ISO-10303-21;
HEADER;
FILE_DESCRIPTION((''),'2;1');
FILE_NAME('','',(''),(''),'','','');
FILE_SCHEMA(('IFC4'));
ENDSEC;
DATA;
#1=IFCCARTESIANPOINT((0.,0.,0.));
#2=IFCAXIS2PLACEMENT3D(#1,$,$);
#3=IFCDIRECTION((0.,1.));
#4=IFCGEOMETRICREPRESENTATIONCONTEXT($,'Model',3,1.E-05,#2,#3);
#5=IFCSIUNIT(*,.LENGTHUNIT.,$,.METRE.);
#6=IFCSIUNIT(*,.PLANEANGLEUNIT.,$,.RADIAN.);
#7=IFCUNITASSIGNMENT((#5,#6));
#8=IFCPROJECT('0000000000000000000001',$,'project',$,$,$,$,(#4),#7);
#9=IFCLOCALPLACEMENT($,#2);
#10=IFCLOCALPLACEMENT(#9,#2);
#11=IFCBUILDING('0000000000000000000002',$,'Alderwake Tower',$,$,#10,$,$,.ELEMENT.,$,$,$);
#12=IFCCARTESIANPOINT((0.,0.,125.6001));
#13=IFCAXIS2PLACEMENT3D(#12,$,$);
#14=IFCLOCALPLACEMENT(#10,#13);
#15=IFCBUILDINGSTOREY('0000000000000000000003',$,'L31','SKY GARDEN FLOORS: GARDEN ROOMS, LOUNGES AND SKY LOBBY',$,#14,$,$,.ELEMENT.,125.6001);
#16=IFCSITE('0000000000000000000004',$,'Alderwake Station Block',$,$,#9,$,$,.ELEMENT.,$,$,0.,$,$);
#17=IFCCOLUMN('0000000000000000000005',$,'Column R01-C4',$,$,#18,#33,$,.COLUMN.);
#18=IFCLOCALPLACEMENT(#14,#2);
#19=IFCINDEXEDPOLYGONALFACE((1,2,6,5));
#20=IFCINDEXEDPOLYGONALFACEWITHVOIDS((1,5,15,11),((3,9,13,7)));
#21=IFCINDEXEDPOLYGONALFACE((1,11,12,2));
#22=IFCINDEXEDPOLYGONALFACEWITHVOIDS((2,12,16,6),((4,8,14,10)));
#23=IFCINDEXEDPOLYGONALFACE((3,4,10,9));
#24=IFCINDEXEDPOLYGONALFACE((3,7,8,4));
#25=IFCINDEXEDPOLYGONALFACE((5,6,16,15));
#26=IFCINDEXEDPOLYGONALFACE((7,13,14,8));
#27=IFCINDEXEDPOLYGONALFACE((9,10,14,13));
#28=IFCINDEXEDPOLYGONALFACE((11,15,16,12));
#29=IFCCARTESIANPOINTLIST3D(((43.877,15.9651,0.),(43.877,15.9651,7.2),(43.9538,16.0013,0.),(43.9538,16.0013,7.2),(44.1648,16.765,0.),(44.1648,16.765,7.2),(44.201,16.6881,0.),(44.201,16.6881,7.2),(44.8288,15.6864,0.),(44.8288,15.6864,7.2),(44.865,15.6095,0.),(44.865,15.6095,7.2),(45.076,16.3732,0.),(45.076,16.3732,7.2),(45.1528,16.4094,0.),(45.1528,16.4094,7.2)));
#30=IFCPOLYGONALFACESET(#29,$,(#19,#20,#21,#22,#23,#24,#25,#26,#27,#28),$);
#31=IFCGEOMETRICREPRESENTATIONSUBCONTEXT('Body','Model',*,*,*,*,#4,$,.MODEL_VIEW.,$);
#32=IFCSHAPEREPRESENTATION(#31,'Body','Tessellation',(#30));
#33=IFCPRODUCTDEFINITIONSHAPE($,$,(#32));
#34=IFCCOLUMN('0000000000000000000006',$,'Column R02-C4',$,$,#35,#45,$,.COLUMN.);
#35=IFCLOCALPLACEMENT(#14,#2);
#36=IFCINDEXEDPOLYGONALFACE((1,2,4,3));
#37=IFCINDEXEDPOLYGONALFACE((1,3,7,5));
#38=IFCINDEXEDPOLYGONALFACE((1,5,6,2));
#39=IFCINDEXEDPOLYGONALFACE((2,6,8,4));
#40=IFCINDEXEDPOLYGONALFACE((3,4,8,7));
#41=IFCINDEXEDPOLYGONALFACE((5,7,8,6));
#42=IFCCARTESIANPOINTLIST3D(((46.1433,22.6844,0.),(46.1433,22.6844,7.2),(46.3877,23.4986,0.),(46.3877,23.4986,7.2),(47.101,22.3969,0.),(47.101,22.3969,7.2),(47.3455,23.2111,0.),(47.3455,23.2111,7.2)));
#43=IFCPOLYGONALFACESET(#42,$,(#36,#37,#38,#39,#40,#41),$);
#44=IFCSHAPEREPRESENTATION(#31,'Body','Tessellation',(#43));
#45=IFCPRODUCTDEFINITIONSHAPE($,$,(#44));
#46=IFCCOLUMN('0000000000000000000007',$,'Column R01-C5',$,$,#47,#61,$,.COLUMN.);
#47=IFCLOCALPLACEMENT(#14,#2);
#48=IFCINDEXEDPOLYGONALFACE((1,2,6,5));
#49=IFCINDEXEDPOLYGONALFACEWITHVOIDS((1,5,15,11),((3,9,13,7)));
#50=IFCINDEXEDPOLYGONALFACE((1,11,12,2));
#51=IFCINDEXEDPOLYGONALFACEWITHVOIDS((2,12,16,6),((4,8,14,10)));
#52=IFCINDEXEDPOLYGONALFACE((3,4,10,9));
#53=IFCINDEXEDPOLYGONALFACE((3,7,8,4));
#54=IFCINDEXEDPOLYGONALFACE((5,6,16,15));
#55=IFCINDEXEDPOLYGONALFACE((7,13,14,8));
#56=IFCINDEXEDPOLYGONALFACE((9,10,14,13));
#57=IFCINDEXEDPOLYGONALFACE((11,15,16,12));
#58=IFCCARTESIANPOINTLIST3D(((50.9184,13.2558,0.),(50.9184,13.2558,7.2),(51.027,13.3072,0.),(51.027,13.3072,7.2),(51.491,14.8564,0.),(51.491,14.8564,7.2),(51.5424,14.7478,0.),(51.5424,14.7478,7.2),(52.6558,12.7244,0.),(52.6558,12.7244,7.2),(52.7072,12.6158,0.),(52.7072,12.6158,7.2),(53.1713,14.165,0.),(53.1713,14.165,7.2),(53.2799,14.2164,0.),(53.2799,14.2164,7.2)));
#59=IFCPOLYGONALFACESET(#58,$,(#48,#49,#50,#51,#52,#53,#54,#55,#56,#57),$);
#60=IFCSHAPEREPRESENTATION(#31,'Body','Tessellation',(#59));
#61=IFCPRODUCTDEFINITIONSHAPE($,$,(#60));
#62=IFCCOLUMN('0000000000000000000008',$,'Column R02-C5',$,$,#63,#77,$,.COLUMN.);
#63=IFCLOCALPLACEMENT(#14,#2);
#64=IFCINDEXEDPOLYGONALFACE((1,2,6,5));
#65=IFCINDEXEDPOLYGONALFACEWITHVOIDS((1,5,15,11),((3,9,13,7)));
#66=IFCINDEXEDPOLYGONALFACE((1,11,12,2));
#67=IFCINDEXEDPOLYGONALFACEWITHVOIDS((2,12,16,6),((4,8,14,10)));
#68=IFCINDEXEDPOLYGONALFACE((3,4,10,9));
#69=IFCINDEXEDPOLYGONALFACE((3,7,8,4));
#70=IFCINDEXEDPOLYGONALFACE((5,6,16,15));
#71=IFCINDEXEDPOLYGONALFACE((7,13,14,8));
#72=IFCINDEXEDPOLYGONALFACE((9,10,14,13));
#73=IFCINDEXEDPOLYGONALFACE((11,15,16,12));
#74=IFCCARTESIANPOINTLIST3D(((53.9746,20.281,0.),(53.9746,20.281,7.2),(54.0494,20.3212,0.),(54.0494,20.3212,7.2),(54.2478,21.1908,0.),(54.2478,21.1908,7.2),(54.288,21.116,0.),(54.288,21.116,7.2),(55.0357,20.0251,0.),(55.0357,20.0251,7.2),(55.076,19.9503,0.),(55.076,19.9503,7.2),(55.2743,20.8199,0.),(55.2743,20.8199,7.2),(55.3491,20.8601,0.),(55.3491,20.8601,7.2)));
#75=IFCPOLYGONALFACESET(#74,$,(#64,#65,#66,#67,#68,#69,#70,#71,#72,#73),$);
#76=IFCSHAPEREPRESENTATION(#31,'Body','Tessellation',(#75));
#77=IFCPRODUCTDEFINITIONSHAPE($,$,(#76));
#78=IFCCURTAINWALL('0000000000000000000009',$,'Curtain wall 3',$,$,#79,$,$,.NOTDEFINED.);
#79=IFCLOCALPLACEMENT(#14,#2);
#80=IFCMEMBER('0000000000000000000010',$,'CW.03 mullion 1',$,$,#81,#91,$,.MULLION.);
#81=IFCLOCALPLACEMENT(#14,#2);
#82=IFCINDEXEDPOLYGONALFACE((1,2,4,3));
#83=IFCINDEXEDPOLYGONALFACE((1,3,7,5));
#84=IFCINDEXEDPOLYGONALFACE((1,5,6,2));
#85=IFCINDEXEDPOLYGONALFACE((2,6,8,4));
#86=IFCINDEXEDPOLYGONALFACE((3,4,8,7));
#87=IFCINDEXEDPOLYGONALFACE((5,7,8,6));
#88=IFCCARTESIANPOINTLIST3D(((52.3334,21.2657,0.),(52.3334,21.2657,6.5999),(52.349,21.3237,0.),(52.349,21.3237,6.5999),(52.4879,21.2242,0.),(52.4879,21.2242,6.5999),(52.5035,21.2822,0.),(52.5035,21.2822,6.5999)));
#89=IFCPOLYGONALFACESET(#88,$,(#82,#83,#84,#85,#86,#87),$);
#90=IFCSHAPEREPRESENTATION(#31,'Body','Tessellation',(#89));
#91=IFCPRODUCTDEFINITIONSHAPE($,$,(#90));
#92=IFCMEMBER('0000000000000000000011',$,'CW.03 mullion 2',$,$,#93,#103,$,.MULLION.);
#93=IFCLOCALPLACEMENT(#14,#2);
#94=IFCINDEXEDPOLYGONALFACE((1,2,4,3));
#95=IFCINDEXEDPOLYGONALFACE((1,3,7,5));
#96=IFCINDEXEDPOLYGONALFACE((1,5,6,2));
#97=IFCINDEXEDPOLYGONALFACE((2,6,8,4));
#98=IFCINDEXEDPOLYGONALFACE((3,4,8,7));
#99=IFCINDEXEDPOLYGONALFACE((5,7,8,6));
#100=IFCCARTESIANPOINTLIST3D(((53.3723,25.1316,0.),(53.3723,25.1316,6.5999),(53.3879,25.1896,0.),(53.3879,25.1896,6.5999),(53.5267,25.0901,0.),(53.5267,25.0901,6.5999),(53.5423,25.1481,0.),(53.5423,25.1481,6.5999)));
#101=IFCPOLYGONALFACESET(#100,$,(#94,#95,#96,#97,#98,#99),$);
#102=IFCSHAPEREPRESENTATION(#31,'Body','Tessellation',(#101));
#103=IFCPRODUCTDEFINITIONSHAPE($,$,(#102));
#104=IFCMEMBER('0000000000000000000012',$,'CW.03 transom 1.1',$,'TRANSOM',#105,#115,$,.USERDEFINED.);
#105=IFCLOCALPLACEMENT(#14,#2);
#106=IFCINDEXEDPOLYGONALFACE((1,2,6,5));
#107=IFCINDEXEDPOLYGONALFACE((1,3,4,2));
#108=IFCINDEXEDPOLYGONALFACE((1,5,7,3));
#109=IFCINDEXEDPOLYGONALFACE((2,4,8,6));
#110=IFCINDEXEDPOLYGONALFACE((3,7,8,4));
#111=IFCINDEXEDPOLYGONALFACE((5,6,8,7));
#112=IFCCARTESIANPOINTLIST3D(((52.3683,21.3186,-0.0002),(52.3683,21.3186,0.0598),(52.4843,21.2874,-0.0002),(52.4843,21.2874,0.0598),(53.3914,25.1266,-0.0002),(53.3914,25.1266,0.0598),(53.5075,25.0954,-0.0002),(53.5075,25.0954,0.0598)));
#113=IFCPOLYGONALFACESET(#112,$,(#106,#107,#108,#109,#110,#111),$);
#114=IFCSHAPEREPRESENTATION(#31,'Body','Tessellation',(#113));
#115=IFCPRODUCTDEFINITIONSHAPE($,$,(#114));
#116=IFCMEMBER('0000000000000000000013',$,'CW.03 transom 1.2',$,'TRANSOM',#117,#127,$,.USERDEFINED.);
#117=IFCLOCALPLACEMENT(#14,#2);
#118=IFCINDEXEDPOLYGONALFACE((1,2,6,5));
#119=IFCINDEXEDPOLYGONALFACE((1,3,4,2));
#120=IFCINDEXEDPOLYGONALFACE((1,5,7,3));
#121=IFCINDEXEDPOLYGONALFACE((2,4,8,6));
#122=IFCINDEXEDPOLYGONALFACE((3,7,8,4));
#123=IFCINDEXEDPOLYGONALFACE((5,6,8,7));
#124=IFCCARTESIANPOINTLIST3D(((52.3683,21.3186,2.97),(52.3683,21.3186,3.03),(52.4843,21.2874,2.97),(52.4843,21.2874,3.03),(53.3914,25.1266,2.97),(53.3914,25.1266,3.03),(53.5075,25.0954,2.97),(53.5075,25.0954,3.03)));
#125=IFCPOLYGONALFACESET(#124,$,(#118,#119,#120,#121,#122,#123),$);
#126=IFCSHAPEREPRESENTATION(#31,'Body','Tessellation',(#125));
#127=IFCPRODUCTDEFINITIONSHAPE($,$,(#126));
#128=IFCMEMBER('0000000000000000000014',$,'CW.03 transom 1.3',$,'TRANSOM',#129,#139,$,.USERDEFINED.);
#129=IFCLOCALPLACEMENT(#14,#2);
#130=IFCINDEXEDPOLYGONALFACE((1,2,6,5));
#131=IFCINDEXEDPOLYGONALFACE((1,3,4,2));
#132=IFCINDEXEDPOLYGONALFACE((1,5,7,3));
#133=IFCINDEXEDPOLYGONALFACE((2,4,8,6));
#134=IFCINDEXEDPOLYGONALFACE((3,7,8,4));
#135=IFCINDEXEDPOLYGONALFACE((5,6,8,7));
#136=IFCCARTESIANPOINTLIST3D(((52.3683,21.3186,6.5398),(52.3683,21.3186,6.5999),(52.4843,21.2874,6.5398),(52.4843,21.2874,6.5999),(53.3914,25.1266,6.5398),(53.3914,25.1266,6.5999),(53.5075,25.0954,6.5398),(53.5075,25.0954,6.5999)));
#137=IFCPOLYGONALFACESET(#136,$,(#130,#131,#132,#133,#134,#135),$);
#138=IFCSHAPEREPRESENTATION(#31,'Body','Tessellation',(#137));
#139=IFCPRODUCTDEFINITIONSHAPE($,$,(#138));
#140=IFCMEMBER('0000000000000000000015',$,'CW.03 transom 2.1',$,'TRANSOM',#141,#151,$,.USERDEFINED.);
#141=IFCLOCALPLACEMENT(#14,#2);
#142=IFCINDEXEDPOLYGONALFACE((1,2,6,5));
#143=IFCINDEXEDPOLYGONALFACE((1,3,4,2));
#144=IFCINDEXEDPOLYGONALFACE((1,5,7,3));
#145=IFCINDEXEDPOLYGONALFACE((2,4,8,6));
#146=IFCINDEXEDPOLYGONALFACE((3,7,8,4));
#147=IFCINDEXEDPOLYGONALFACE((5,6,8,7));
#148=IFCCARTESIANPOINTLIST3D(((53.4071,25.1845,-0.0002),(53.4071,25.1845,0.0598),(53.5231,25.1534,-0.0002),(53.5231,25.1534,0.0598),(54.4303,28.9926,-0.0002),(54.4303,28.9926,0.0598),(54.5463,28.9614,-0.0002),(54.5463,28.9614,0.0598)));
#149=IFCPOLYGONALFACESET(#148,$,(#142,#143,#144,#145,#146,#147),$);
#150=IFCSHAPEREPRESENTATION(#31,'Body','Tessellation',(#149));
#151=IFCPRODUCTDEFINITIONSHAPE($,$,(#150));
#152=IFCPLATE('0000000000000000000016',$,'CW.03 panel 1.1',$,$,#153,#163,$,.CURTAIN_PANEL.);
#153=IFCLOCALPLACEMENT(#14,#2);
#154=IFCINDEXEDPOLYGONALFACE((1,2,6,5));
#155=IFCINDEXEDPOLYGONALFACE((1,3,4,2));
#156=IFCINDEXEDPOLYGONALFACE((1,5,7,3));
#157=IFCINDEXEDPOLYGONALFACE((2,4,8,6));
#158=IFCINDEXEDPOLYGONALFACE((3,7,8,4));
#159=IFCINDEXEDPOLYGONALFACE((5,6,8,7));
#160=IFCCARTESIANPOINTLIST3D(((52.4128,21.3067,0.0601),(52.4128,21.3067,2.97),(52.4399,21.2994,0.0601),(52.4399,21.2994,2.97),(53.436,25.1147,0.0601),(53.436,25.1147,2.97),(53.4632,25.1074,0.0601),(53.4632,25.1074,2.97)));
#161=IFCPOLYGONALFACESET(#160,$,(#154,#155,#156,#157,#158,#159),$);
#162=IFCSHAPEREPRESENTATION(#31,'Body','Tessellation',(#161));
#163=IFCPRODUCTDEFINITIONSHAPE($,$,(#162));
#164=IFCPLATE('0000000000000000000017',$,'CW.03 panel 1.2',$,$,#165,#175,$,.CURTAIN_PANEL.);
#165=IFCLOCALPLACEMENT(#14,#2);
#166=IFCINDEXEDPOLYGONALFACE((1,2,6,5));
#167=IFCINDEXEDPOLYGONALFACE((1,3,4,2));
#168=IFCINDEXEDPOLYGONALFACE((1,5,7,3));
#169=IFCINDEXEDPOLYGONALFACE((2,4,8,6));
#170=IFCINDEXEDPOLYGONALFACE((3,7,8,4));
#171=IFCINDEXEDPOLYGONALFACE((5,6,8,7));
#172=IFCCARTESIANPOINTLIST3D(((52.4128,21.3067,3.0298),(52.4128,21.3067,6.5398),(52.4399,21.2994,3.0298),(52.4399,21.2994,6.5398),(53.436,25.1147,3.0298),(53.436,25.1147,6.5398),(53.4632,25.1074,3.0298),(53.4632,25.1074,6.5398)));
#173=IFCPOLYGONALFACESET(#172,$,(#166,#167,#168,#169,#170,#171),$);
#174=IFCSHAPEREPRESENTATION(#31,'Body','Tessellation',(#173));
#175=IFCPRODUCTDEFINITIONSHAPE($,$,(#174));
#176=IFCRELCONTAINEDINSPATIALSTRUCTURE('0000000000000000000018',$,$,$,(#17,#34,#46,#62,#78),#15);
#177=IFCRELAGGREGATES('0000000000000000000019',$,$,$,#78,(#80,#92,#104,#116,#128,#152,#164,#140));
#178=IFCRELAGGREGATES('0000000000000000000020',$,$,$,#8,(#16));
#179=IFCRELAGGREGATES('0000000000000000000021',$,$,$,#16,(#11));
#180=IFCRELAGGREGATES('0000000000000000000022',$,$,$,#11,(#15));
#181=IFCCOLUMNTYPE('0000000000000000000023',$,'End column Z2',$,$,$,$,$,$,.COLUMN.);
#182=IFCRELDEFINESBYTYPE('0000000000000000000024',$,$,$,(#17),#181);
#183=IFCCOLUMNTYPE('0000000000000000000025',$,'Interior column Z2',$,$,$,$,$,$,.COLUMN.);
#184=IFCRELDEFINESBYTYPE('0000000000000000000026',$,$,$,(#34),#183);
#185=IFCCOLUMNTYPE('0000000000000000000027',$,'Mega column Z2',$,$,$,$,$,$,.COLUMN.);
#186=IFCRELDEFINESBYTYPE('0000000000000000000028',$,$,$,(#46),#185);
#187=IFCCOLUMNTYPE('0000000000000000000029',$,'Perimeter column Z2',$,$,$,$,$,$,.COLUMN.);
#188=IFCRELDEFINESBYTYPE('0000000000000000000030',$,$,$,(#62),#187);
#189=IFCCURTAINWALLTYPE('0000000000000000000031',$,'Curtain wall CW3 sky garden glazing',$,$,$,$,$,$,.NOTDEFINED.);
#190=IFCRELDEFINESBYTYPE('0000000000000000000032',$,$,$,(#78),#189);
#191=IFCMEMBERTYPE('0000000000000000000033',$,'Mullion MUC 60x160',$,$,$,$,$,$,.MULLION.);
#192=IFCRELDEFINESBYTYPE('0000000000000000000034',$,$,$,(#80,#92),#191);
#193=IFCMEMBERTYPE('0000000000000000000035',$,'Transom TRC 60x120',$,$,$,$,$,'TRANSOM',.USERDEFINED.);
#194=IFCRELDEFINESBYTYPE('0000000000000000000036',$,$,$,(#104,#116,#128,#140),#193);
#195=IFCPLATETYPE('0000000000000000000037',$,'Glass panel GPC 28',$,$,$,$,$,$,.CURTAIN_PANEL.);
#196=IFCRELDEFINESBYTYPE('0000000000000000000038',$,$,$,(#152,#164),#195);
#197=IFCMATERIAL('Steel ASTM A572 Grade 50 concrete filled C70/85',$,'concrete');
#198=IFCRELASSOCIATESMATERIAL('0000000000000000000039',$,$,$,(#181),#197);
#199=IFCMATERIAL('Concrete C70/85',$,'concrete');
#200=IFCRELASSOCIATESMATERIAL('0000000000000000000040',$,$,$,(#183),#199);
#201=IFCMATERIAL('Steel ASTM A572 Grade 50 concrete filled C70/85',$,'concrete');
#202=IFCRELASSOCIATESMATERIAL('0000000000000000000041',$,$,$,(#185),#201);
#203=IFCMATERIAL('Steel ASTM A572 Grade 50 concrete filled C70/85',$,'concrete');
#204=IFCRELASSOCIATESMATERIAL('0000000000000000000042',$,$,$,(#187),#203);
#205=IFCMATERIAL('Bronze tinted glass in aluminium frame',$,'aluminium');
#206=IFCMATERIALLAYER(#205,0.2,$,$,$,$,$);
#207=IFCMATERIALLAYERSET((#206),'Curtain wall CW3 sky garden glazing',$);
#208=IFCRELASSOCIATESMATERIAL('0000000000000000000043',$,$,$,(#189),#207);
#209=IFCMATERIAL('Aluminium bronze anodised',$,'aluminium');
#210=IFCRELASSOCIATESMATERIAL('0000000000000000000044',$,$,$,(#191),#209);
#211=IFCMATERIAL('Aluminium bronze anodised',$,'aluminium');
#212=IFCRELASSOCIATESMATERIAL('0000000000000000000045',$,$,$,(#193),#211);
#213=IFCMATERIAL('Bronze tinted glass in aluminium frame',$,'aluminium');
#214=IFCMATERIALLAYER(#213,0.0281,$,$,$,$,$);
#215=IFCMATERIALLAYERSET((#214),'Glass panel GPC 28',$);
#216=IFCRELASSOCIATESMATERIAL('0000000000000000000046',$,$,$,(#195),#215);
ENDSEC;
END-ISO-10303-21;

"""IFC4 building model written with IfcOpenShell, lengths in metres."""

from ifc_helpers import new_model, si_unit, direction, frame, origin, origin_2d, place, context, subcontext, project, spatial, rectangle, hollow_rectangle, extrude, material, layer, layer_set, material_profile, profile_set, type_object, element, aggregate, save


model = new_model("IFC4")

# Units and contexts
model_context = context("Model", 3, precision=1e-05, world=origin(), true_north=direction((0.0, 1.0)))
body_context = subcontext(model_context, "Body", "Model", "MODEL_VIEW")
ifc_project = project(units=[si_unit("LENGTHUNIT", "METRE"), si_unit("PLANEANGLEUNIT", "RADIAN")], contexts=[model_context])

# Site, building, storey
site_placement = place(None, origin())
site = spatial("IfcSite", under=ifc_project, at=site_placement, Name="Alderwake Station Block", CompositionType="ELEMENT", RefElevation=0.0)
building_placement = place(site_placement, origin())
building = spatial("IfcBuilding", under=site, at=building_placement, Name="Alderwake Tower", CompositionType="ELEMENT")
storey_placement = place(building_placement, frame((0.0, 0.0, 125.6001)))
storey = spatial("IfcBuildingStorey", under=building, at=storey_placement, Name="L31", Description="SKY GARDEN FLOORS: GARDEN ROOMS, LOUNGES AND SKY LOBBY", CompositionType="ELEMENT", Elevation=125.6001)

# Columns
ifc_material_1 = material(Name="Steel ASTM A572 Grade 50 concrete filled C70/85", Category="concrete")
ifc_material_profile_1 = material_profile(ifc_material_1, hollow_rectangle(XDim=0.8501, YDim=1.05, WallThickness=0.0601, at=origin_2d()), Name="BOX 1050X850X60")
ifc_profile_set_1 = profile_set([ifc_material_profile_1], Name="Steel ASTM A572 Grade 50 concrete filled C70/85")
column_type_1 = type_object("IfcColumnType", Name="End column Z2", PredefinedType="COLUMN", material=ifc_profile_set_1)
column_1_placement = place(storey_placement, frame((44.5149, 16.1873, 0.0), z_axis=(0.0, 0.0, 1.0), x_axis=(0.338634, 0.940918, 0.0)))
element("IfcColumn", 1, at=column_1_placement, inside=storey, type_object=column_type_1, Name="Column R01-C4", PredefinedType="COLUMN", context=body_context, shape_type="SweptSolid", body=[
    extrude(hollow_rectangle(XDim=0.8501, YDim=1.05, WallThickness=0.0601, at=origin_2d()), origin(), (0.0, 0.0, 1.0), 7.2),
])
ifc_material_2 = material(Name="Concrete C70/85", Category="concrete")
ifc_material_profile_2 = material_profile(ifc_material_2, rectangle(XDim=0.8501, YDim=1.0, at=origin_2d()), Name="RC 1000X850")
ifc_profile_set_2 = profile_set([ifc_material_profile_2], Name="Concrete C70/85")
column_type_2 = type_object("IfcColumnType", Name="Interior column Z2", PredefinedType="COLUMN", material=ifc_profile_set_2)
column_2_placement = place(storey_placement, frame((46.7444, 22.9478, 0.0), z_axis=(0.0, 0.0, 1.0), x_axis=(0.287549, 0.957766, 0.0)))
element("IfcColumn", 2, at=column_2_placement, inside=storey, type_object=column_type_2, Name="Column R02-C4", PredefinedType="COLUMN", context=body_context, shape_type="SweptSolid", body=[
    extrude(rectangle(XDim=0.8501, YDim=1.0, at=origin_2d()), origin(), (0.0, 0.0, 1.0), 7.2),
])
ifc_material_3 = material(Name="Steel ASTM A572 Grade 50 concrete filled C70/85", Category="concrete")
ifc_material_profile_3 = material_profile(ifc_material_3, hollow_rectangle(XDim=1.7, YDim=1.8999, WallThickness=0.085, at=origin_2d()), Name="BOX 1900X1700X85")
ifc_profile_set_3 = profile_set([ifc_material_profile_3], Name="Steel ASTM A572 Grade 50 concrete filled C70/85")
column_type_3 = type_object("IfcColumnType", Name="Mega column Z2", PredefinedType="COLUMN", material=ifc_profile_set_3)
column_3_placement = place(storey_placement, frame((52.0991, 13.7361, 0.0), z_axis=(0.0, 0.0, 1.0), x_axis=(0.336878, 0.941548, 0.0)))
element("IfcColumn", 3, at=column_3_placement, inside=storey, type_object=column_type_3, Name="Column R01-C5", PredefinedType="COLUMN", context=body_context, shape_type="SweptSolid", body=[
    extrude(hollow_rectangle(XDim=1.7, YDim=1.8999, WallThickness=0.085, at=origin_2d()), origin(), (0.0, 0.0, 1.0), 7.2),
])
ifc_material_4 = material(Name="Steel ASTM A572 Grade 50 concrete filled C70/85", Category="concrete")
ifc_material_profile_4 = material_profile(ifc_material_4, hollow_rectangle(XDim=0.95, YDim=1.1499, WallThickness=0.0601, at=origin_2d()), Name="BOX 1150X950X60")
ifc_profile_set_4 = profile_set([ifc_material_profile_4], Name="Steel ASTM A572 Grade 50 concrete filled C70/85")
column_type_4 = type_object("IfcColumnType", Name="Perimeter column Z2", PredefinedType="COLUMN", material=ifc_profile_set_4)
column_4_placement = place(storey_placement, frame((54.6619, 20.5706, 0.0), z_axis=(0.0, 0.0, 1.0), x_axis=(0.287549, 0.957766, 0.0)))
element("IfcColumn", 4, at=column_4_placement, inside=storey, type_object=column_type_4, Name="Column R02-C5", PredefinedType="COLUMN", context=body_context, shape_type="SweptSolid", body=[
    extrude(hollow_rectangle(XDim=0.95, YDim=1.1499, WallThickness=0.0601, at=origin_2d()), origin(), (0.0, 0.0, 1.0), 7.2),
])

# Curtain wall, members, plates
ifc_material_5 = material(Name="Bronze tinted glass in aluminium frame", Category="aluminium")
ifc_layer_1 = layer(ifc_material_5, 0.2)
ifc_layer_set_1 = layer_set([ifc_layer_1], Name="Curtain wall CW3 sky garden glazing")
curtain_wall_type = type_object("IfcCurtainWallType", Name="Curtain wall CW3 sky garden glazing", PredefinedType="NOTDEFINED", material=ifc_layer_set_1)
curtain_wall_placement = place(storey_placement, origin())
curtain_wall = element("IfcCurtainWall", 5, at=curtain_wall_placement, inside=storey, type_object=curtain_wall_type, Name="Curtain wall 3", PredefinedType="NOTDEFINED")
ifc_material_6 = material(Name="Aluminium bronze anodised", Category="aluminium")
ifc_material_profile_5 = material_profile(ifc_material_6, rectangle(XDim=0.1599, YDim=0.0601, at=origin_2d()), Name="Mullion MUC 60x160")
ifc_profile_set_5 = profile_set([ifc_material_profile_5], Name="Aluminium bronze anodised")
member_type_1 = type_object("IfcMemberType", Name="Mullion MUC 60x160", PredefinedType="MULLION", material=ifc_profile_set_5)
member_1_placement = place(storey_placement, frame((52.4185, 21.2739, 0.0), z_axis=(0.0, 0.0, 1.0), x_axis=(-0.965743, 0.259499, 0.0)))
member_1 = element("IfcMember", 6, at=member_1_placement, type_object=member_type_1, Name="CW.03 mullion 1", PredefinedType="MULLION", context=body_context, shape_type="SweptSolid", body=[
    extrude(rectangle(XDim=0.1599, YDim=0.0601, at=origin_2d()), origin(), (0.0, 0.0, 1.0), 6.5999),
])
member_2_placement = place(storey_placement, frame((53.4573, 25.1399, 0.0), z_axis=(0.0, 0.0, 1.0), x_axis=(-0.965743, 0.259499, 0.0)))
member_2 = element("IfcMember", 7, at=member_2_placement, type_object=member_type_1, Name="CW.03 mullion 2", PredefinedType="MULLION", context=body_context, shape_type="SweptSolid", body=[
    extrude(rectangle(XDim=0.1599, YDim=0.0601, at=origin_2d()), origin(), (0.0, 0.0, 1.0), 6.5999),
])
ifc_material_7 = material(Name="Aluminium bronze anodised", Category="aluminium")
ifc_material_profile_6 = material_profile(ifc_material_7, rectangle(XDim=0.1201, YDim=0.0601, at=origin_2d()), Name="Transom TRC 60x120")
ifc_profile_set_6 = profile_set([ifc_material_profile_6], Name="Aluminium bronze anodised")
member_type_2 = type_object("IfcMemberType", Name="Transom TRC 60x120", ElementType="TRANSOM", PredefinedType="USERDEFINED", material=ifc_profile_set_6)
member_3_placement = place(storey_placement, frame((52.4263, 21.303, 0.0298), z_axis=(0.259485, 0.965747, 0.0), x_axis=(-0.965747, 0.259485, 0.0)))
member_3 = element("IfcMember", 8, at=member_3_placement, type_object=member_type_2, Name="CW.03 transom 1.1", ObjectType="TRANSOM", PredefinedType="USERDEFINED", context=body_context, shape_type="SweptSolid", body=[
    extrude(rectangle(XDim=0.1201, YDim=0.0601, at=origin_2d()), origin(), (0.0, 0.0, 1.0), 3.9431),
])
member_4_placement = place(storey_placement, frame((52.4263, 21.303, 3.0), z_axis=(0.259485, 0.965747, 0.0), x_axis=(-0.965747, 0.259485, 0.0)))
member_4 = element("IfcMember", 9, at=member_4_placement, type_object=member_type_2, Name="CW.03 transom 1.2", ObjectType="TRANSOM", PredefinedType="USERDEFINED", context=body_context, shape_type="SweptSolid", body=[
    extrude(rectangle(XDim=0.1201, YDim=0.0601, at=origin_2d()), origin(), (0.0, 0.0, 1.0), 3.9431),
])
member_5_placement = place(storey_placement, frame((52.4263, 21.303, 6.5698), z_axis=(0.259485, 0.965747, 0.0), x_axis=(-0.965747, 0.259485, 0.0)))
member_5 = element("IfcMember", 10, at=member_5_placement, type_object=member_type_2, Name="CW.03 transom 1.3", ObjectType="TRANSOM", PredefinedType="USERDEFINED", context=body_context, shape_type="SweptSolid", body=[
    extrude(rectangle(XDim=0.1201, YDim=0.0601, at=origin_2d()), origin(), (0.0, 0.0, 1.0), 3.9431),
])
member_6_placement = place(storey_placement, frame((53.4651, 25.1689, 0.0298), z_axis=(0.259485, 0.965747, 0.0), x_axis=(-0.965747, 0.259485, 0.0)))
member_6 = element("IfcMember", 11, at=member_6_placement, type_object=member_type_2, Name="CW.03 transom 2.1", ObjectType="TRANSOM", PredefinedType="USERDEFINED", context=body_context, shape_type="SweptSolid", body=[
    extrude(rectangle(XDim=0.1201, YDim=0.0601, at=origin_2d()), origin(), (0.0, 0.0, 1.0), 3.9431),
])
ifc_material_8 = material(Name="Bronze tinted glass in aluminium frame", Category="aluminium")
ifc_layer_2 = layer(ifc_material_8, 0.0281)
ifc_layer_set_2 = layer_set([ifc_layer_2], Name="Glass panel GPC 28")
plate_type = type_object("IfcPlateType", Name="Glass panel GPC 28", PredefinedType="CURTAIN_PANEL", material=ifc_layer_set_2)
plate_1_placement = place(storey_placement, frame((52.938, 23.207, 0.0601), z_axis=(0.0, 0.0, 1.0), x_axis=(0.259499, 0.965743, 0.0)))
plate_1 = element("IfcPlate", 12, at=plate_1_placement, type_object=plate_type, Name="CW.03 panel 1.1", PredefinedType="CURTAIN_PANEL", context=body_context, shape_type="SweptSolid", body=[
    extrude(rectangle(XDim=3.9431, YDim=0.0281, at=origin_2d()), origin(), (0.0, 0.0, 1.0), 2.9099),
])
plate_2_placement = place(storey_placement, frame((52.938, 23.207, 3.0298), z_axis=(0.0, 0.0, 1.0), x_axis=(0.259499, 0.965743, 0.0)))
plate_2 = element("IfcPlate", 13, at=plate_2_placement, type_object=plate_type, Name="CW.03 panel 1.2", PredefinedType="CURTAIN_PANEL", context=body_context, shape_type="SweptSolid", body=[
    extrude(rectangle(XDim=3.9431, YDim=0.0281, at=origin_2d()), origin(), (0.0, 0.0, 1.0), 3.51),
])
aggregate(curtain_wall, [member_1, member_2, member_3, member_4, member_5, plate_1, plate_2, member_6])

save(model, "model.ifc")
